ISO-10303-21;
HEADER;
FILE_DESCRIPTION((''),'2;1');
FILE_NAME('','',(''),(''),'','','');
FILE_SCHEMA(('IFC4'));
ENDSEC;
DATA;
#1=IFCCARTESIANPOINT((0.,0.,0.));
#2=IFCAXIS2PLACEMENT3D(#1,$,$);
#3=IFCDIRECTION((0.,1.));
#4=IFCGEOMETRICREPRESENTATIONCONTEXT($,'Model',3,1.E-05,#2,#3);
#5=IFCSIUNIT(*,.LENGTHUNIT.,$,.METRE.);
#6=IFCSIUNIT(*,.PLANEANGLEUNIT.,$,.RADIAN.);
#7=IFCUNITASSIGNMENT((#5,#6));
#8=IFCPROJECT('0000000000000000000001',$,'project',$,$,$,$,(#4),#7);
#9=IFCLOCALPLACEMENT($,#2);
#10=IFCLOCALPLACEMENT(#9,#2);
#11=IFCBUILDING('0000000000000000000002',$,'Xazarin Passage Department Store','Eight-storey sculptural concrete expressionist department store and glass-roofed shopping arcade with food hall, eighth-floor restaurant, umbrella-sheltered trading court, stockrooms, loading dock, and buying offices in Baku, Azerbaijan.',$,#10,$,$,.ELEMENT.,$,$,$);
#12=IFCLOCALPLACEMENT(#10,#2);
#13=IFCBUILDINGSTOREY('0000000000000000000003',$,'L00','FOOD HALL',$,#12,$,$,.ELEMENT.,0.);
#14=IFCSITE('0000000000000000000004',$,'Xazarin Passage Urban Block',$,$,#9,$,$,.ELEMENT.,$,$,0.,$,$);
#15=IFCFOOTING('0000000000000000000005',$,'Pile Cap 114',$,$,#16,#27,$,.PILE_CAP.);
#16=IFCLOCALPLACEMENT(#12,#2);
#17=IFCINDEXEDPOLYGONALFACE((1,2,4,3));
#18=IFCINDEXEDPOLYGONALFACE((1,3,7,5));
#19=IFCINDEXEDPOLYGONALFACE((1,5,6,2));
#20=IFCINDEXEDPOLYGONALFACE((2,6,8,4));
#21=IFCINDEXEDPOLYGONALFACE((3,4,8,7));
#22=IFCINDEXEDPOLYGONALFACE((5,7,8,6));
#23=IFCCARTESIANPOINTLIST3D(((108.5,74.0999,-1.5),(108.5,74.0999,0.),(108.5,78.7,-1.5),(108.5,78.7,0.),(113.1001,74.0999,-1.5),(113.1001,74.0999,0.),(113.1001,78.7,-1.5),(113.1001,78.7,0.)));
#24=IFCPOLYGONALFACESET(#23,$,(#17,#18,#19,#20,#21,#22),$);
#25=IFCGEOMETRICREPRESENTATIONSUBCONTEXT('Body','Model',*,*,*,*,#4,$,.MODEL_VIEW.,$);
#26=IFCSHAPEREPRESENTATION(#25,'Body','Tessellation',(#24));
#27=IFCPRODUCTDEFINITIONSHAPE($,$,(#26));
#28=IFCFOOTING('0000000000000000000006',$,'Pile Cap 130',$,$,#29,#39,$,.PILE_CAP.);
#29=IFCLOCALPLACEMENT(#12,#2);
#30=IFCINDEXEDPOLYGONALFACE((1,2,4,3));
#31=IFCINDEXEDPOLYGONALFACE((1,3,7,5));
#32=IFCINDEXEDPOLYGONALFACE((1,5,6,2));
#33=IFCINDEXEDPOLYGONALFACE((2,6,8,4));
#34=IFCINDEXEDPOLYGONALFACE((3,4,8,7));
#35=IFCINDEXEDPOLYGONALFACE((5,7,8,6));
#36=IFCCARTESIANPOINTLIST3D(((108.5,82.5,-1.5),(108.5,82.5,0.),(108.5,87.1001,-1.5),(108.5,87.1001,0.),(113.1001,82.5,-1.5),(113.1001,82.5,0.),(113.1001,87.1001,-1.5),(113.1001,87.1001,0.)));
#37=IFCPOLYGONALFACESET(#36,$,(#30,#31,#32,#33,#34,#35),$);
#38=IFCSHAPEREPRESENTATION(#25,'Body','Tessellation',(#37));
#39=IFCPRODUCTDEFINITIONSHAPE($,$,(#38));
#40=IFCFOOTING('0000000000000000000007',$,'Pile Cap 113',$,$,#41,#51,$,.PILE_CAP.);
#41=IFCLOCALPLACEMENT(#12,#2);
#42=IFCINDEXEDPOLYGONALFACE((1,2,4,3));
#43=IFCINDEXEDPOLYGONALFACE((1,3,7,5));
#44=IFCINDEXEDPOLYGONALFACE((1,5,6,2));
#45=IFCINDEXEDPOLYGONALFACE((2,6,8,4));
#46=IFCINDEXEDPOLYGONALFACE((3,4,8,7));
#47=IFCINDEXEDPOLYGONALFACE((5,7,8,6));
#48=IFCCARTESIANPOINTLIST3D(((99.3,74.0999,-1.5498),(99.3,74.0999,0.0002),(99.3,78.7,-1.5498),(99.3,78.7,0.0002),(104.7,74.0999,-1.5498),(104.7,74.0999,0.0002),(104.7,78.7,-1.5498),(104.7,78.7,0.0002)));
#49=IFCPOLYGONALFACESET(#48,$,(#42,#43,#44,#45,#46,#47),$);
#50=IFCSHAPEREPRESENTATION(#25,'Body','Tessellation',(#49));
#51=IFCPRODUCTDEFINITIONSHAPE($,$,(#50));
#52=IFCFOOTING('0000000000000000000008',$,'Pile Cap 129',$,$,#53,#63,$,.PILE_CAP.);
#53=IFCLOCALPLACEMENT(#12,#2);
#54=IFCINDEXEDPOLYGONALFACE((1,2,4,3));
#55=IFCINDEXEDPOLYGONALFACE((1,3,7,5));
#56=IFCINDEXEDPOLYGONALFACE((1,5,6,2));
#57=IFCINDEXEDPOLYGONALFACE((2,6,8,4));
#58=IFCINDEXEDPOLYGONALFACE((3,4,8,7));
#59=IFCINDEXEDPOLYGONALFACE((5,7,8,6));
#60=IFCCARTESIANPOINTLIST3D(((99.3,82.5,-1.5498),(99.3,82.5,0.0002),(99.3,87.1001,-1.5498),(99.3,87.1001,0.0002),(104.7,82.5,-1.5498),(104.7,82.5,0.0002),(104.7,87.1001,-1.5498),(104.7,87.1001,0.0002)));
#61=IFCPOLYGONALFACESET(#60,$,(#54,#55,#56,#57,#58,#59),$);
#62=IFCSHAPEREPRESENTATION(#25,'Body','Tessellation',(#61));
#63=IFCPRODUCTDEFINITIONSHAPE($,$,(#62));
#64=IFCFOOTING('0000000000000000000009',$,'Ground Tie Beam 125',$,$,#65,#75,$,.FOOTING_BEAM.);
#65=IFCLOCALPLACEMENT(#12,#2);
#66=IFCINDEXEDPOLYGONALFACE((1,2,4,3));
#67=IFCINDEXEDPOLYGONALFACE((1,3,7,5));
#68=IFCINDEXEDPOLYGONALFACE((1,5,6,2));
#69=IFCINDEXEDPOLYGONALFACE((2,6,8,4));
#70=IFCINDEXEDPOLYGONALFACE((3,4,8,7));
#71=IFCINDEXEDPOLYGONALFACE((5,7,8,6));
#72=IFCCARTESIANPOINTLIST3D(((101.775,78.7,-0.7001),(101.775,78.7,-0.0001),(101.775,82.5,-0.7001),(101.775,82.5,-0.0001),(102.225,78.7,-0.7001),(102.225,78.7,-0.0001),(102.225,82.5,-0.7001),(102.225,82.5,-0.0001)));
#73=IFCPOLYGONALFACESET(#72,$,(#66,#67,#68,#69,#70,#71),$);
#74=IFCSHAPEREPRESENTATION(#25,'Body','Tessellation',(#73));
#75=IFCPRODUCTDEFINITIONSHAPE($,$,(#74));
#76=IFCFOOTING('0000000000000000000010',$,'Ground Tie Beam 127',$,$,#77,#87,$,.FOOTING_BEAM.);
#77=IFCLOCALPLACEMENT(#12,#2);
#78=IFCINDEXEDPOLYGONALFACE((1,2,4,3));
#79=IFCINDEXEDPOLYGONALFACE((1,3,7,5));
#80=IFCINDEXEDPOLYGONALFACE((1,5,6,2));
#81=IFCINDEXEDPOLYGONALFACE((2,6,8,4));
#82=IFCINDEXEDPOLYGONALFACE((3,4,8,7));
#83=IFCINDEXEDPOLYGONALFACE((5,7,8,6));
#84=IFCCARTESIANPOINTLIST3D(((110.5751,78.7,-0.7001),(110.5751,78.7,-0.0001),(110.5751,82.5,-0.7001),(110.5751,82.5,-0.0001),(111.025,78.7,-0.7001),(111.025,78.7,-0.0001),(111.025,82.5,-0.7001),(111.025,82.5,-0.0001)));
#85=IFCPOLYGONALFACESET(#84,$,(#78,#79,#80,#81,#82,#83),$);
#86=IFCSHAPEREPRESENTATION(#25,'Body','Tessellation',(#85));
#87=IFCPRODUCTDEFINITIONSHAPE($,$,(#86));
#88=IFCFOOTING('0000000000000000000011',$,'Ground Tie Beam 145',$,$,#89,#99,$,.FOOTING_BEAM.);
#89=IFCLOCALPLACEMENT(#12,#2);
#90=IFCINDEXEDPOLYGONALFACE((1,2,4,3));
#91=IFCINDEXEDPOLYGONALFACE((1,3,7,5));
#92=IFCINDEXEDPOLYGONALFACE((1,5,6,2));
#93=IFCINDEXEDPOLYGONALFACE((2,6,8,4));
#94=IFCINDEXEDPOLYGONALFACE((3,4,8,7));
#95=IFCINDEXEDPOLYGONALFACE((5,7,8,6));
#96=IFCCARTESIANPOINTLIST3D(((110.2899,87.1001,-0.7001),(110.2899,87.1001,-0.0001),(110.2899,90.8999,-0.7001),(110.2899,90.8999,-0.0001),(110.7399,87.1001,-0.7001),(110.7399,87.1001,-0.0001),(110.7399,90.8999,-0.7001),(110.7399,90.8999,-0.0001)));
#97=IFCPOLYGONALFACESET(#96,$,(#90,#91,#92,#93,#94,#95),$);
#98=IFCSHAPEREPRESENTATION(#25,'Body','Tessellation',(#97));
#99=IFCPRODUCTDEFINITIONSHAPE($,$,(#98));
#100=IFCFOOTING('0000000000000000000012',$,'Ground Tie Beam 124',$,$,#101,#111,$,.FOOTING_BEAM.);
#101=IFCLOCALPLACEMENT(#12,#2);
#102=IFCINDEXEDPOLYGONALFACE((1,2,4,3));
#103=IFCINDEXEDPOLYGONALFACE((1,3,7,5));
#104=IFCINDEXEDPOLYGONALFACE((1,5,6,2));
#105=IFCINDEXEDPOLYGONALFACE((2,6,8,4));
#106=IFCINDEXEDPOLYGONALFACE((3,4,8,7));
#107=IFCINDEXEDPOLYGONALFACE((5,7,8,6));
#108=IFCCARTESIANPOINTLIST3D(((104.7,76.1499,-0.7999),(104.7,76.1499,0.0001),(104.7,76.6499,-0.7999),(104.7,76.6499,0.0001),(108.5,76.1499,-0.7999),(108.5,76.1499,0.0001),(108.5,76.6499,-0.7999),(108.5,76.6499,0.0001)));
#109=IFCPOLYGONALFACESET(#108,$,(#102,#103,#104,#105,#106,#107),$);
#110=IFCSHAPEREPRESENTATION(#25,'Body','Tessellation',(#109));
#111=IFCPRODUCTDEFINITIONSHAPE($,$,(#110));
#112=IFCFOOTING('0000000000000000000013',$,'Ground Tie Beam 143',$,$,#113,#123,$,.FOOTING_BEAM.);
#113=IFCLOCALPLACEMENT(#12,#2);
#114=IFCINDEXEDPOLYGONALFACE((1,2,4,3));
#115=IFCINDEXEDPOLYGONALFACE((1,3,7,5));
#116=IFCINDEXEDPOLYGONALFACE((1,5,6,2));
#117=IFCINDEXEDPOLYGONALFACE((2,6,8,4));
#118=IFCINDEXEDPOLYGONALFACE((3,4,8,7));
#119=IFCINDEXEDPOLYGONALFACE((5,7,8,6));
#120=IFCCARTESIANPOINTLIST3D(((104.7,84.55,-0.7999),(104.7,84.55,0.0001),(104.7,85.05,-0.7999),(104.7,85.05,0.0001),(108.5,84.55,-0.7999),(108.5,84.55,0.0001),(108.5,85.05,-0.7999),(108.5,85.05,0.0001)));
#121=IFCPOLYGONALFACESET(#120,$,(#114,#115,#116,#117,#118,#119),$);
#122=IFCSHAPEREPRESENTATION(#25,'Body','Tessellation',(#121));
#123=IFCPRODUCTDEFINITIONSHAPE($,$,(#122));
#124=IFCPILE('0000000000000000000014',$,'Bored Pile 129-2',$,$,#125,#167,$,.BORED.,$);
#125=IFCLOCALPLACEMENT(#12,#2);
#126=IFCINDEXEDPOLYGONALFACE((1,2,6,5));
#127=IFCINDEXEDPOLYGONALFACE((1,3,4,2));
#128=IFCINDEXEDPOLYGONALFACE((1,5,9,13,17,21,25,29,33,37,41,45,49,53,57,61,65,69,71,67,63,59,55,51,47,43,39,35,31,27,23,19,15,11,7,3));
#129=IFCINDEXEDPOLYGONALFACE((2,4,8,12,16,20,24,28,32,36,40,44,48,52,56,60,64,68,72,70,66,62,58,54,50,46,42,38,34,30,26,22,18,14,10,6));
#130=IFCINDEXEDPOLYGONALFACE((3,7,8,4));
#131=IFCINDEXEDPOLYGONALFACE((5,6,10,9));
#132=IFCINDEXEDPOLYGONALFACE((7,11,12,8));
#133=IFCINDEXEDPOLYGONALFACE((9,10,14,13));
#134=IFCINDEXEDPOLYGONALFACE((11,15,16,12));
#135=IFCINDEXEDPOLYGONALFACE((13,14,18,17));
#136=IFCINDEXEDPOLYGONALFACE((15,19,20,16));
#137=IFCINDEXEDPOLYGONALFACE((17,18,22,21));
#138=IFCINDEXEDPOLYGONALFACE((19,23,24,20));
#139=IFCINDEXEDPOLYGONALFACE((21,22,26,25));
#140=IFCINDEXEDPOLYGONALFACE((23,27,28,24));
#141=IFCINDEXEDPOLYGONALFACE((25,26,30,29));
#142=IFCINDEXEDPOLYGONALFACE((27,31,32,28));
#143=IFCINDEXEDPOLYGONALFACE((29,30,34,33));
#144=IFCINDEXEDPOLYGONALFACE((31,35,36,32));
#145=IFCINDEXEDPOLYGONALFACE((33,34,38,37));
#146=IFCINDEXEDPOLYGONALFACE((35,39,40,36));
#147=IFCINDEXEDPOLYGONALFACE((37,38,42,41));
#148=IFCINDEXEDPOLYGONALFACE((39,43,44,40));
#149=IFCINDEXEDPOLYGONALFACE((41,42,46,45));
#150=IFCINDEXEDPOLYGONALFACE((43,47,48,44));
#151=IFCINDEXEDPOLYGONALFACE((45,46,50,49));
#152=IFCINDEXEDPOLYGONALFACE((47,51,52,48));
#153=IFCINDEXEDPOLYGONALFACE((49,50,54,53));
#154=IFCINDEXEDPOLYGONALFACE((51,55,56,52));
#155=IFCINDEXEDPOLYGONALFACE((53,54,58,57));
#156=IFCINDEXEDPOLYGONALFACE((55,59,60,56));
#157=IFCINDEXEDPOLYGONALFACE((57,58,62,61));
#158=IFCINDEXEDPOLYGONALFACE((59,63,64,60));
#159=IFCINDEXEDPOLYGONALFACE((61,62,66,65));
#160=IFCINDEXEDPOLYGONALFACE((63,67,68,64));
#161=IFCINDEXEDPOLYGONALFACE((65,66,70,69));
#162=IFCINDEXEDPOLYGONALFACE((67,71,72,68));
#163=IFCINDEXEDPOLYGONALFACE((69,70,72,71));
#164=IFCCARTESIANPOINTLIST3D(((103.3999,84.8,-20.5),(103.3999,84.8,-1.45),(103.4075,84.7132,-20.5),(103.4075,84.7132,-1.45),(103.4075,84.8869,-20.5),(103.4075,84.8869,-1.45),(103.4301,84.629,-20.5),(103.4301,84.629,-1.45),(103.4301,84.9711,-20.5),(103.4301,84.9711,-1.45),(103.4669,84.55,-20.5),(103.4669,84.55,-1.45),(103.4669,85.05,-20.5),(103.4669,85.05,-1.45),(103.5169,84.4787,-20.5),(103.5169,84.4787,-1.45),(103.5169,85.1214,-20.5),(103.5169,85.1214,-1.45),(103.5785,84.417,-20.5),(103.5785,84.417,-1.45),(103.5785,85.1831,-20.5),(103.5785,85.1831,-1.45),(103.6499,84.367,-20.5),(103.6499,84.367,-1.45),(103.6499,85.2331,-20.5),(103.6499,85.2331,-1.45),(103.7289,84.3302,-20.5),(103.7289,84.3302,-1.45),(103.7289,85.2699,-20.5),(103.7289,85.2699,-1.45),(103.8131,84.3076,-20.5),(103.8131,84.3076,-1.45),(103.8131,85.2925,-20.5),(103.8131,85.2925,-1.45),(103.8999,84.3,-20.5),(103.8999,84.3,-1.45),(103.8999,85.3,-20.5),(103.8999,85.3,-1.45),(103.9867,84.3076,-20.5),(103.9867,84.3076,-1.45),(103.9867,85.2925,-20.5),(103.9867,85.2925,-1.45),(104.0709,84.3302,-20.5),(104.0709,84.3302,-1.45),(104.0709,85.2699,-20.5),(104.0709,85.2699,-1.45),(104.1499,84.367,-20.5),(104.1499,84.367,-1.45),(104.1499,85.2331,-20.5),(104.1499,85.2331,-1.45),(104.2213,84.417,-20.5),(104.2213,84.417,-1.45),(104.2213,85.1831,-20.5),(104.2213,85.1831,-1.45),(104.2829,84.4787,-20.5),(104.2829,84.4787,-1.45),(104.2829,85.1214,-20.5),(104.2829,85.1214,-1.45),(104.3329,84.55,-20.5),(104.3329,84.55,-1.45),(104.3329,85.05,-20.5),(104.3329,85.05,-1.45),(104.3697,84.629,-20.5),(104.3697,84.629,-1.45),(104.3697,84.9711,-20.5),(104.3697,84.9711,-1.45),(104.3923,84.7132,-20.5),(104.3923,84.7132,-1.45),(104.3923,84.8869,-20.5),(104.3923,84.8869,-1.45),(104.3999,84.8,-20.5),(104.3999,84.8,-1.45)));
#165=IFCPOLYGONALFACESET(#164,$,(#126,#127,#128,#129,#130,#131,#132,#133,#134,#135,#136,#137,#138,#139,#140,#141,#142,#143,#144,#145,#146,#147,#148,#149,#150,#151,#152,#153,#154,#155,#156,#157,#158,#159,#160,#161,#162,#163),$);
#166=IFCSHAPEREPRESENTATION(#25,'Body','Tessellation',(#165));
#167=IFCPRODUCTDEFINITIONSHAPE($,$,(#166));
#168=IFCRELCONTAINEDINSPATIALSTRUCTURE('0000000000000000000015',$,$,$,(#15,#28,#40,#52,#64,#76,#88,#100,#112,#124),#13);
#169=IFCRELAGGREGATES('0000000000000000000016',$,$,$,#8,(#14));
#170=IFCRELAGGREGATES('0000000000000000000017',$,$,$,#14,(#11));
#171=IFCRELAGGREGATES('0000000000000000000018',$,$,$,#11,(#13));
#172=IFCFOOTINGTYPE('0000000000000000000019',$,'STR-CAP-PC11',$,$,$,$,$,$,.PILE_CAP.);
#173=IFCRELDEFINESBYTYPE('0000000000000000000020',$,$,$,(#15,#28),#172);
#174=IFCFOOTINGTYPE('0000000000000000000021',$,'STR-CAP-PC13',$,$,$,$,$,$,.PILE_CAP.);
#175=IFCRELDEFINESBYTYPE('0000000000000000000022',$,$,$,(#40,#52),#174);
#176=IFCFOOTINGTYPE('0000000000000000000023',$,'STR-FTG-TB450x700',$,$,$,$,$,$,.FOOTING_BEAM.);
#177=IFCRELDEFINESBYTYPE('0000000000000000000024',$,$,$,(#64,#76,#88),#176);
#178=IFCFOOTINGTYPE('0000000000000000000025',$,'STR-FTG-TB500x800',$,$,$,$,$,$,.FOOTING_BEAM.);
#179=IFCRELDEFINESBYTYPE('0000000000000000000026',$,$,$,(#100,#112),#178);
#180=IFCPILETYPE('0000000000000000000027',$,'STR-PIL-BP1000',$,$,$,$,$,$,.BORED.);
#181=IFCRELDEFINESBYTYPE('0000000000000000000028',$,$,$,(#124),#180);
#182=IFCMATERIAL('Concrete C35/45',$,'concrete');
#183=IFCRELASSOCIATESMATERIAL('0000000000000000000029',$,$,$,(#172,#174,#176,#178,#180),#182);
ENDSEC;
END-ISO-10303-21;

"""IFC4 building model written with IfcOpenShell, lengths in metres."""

from ifc_helpers import new_model, si_unit, direction, frame, origin, origin_2d, place, context, subcontext, project, spatial, rectangle, circle, extrude, material, material_profile, profile_set, type_object, element, save


model = new_model("IFC4")

# Units and contexts
model_context = context("Model", 3, precision=1e-05, world=origin(), true_north=direction((0.0, 1.0)))
body_context = subcontext(model_context, "Body", "Model", "MODEL_VIEW")
ifc_project = project(units=[si_unit("LENGTHUNIT", "METRE"), si_unit("PLANEANGLEUNIT", "RADIAN")], contexts=[model_context])

# Site, building, storey
site_placement = place(None, origin())
site = spatial("IfcSite", under=ifc_project, at=site_placement, Name="Xazarin Passage Urban Block", CompositionType="ELEMENT", RefElevation=0.0)
building_placement = place(site_placement, origin())
building = spatial("IfcBuilding", under=site, at=building_placement, Name="Xazarin Passage Department Store", Description="Eight-storey sculptural concrete expressionist department store and glass-roofed shopping arcade with food hall, eighth-floor restaurant, umbrella-sheltered trading court, stockrooms, loading dock, and buying offices in Baku, Azerbaijan.", CompositionType="ELEMENT")
storey_placement = place(building_placement, origin())
storey = spatial("IfcBuildingStorey", under=building, at=storey_placement, Name="L00", Description="FOOD HALL", CompositionType="ELEMENT", Elevation=0.0)

# Footings
ifc_material_1 = material(Name="Concrete C35/45", Category="concrete")
footing_type_1 = type_object("IfcFootingType", Name="STR-CAP-PC11", PredefinedType="PILE_CAP", material=ifc_material_1)
for number, where, z_axis, x_axis, name in (
    (1, (110.8, 76.3999, -1.5), (0.0, 0.0, 1.0), (1.0, 0.0, 0.0), "Pile Cap 114"),
    (2, (110.8, 84.8, -1.5), (0.0, 0.0, 1.0), (1.0, 0.0, 0.0), "Pile Cap 130"),
):
    element("IfcFooting", number, at=place(storey_placement, frame(where, z_axis=z_axis, x_axis=x_axis)), inside=storey, type_object=footing_type_1, Name=name, PredefinedType="PILE_CAP", context=body_context, shape_type="SweptSolid", body=[
        extrude(rectangle(XDim=4.6001, YDim=4.6001, at=origin_2d()), origin(), (0.0, 0.0, 1.0), 1.5),
    ])
footing_type_2 = type_object("IfcFootingType", Name="STR-CAP-PC13", PredefinedType="PILE_CAP", material=ifc_material_1)
for number, where, z_axis, x_axis, name in (
    (3, (102.0, 76.3999, -1.5498), (0.0, 0.0, 1.0), (1.0, 0.0, 0.0), "Pile Cap 113"),
    (4, (102.0, 84.8, -1.5498), (0.0, 0.0, 1.0), (1.0, 0.0, 0.0), "Pile Cap 129"),
):
    element("IfcFooting", number, at=place(storey_placement, frame(where, z_axis=z_axis, x_axis=x_axis)), inside=storey, type_object=footing_type_2, Name=name, PredefinedType="PILE_CAP", context=body_context, shape_type="SweptSolid", body=[
        extrude(rectangle(XDim=5.3999, YDim=4.6001, at=origin_2d()), origin(), (0.0, 0.0, 1.0), 1.55),
    ])
ifc_material_profile_1 = material_profile(ifc_material_1, rectangle(XDim=0.45, YDim=0.7, at=origin_2d()), Name="RC 450x700")
ifc_profile_set_1 = profile_set([ifc_material_profile_1], Name="Concrete C35/45")
footing_type_3 = type_object("IfcFootingType", Name="STR-FTG-TB450x700", PredefinedType="FOOTING_BEAM", material=ifc_profile_set_1)
for number, where, z_axis, x_axis, name in (
    (5, (102.0, 78.7, -0.3501), (0.0, 1.0, 0.0), (-1.0, 0.0, 0.0), "Ground Tie Beam 125"),
    (6, (110.8, 78.7, -0.3501), (0.0, 1.0, 0.0), (-1.0, 0.0, 0.0), "Ground Tie Beam 127"),
):
    element("IfcFooting", number, at=place(storey_placement, frame(where, z_axis=z_axis, x_axis=x_axis)), inside=storey, type_object=footing_type_3, Name=name, PredefinedType="FOOTING_BEAM", context=body_context, shape_type="SweptSolid", body=[
        extrude(rectangle(XDim=0.45, YDim=0.7, at=origin_2d()), origin(), (0.0, 0.0, 1.0), 3.8),
    ])
footing_placement = place(storey_placement, frame((110.5149, 87.1001, -0.3501), z_axis=(0.0, 1.0, 0.0), x_axis=(-1.0, 0.0, 0.0)))
element("IfcFooting", 7, at=footing_placement, inside=storey, type_object=footing_type_3, Name="Ground Tie Beam 145", PredefinedType="FOOTING_BEAM", context=body_context, shape_type="SweptSolid", body=[
    extrude(rectangle(XDim=0.45, YDim=0.7, at=origin_2d()), origin(), (0.0, 0.0, 1.0), 3.7998),
])
ifc_material_profile_2 = material_profile(ifc_material_1, rectangle(XDim=0.5, YDim=0.8, at=origin_2d()), Name="RC 500x800")
ifc_profile_set_2 = profile_set([ifc_material_profile_2], Name="Concrete C35/45")
footing_type_4 = type_object("IfcFootingType", Name="STR-FTG-TB500x800", PredefinedType="FOOTING_BEAM", material=ifc_profile_set_2)
for number, where, z_axis, x_axis, name in (
    (8, (104.7, 76.3999, -0.3999), (1.0, 0.0, 0.0), (0.0, 1.0, 0.0), "Ground Tie Beam 124"),
    (9, (104.7, 84.8, -0.3999), (1.0, 0.0, 0.0), (0.0, 1.0, 0.0), "Ground Tie Beam 143"),
):
    element("IfcFooting", number, at=place(storey_placement, frame(where, z_axis=z_axis, x_axis=x_axis)), inside=storey, type_object=footing_type_4, Name=name, PredefinedType="FOOTING_BEAM", context=body_context, shape_type="SweptSolid", body=[
        extrude(rectangle(XDim=0.5, YDim=0.8, at=origin_2d()), origin(), (0.0, 0.0, 1.0), 3.8),
    ])

# Pile
ifc_material_profile_3 = material_profile(ifc_material_1, circle(Radius=0.5, at=origin_2d()), Name="BP 1000")
ifc_profile_set_3 = profile_set([ifc_material_profile_3], Name="Concrete C35/45")
pile_type_1 = type_object("IfcPileType", Name="STR-PIL-BP1000", PredefinedType="BORED", material=ifc_profile_set_3)
pile_1_placement = place(storey_placement, frame((103.8999, 84.8, -1.45), z_axis=(0.0, 0.0, -1.0), x_axis=(1.0, 0.0, 0.0)))
element("IfcPile", 10, at=pile_1_placement, inside=storey, type_object=pile_type_1, Name="Bored Pile 129-2", PredefinedType="BORED", context=body_context, shape_type="SweptSolid", body=[
    extrude(circle(Radius=0.5, at=origin_2d()), origin(), (0.0, 0.0, 1.0), 19.05),
])

save(model, "model.ifc")
